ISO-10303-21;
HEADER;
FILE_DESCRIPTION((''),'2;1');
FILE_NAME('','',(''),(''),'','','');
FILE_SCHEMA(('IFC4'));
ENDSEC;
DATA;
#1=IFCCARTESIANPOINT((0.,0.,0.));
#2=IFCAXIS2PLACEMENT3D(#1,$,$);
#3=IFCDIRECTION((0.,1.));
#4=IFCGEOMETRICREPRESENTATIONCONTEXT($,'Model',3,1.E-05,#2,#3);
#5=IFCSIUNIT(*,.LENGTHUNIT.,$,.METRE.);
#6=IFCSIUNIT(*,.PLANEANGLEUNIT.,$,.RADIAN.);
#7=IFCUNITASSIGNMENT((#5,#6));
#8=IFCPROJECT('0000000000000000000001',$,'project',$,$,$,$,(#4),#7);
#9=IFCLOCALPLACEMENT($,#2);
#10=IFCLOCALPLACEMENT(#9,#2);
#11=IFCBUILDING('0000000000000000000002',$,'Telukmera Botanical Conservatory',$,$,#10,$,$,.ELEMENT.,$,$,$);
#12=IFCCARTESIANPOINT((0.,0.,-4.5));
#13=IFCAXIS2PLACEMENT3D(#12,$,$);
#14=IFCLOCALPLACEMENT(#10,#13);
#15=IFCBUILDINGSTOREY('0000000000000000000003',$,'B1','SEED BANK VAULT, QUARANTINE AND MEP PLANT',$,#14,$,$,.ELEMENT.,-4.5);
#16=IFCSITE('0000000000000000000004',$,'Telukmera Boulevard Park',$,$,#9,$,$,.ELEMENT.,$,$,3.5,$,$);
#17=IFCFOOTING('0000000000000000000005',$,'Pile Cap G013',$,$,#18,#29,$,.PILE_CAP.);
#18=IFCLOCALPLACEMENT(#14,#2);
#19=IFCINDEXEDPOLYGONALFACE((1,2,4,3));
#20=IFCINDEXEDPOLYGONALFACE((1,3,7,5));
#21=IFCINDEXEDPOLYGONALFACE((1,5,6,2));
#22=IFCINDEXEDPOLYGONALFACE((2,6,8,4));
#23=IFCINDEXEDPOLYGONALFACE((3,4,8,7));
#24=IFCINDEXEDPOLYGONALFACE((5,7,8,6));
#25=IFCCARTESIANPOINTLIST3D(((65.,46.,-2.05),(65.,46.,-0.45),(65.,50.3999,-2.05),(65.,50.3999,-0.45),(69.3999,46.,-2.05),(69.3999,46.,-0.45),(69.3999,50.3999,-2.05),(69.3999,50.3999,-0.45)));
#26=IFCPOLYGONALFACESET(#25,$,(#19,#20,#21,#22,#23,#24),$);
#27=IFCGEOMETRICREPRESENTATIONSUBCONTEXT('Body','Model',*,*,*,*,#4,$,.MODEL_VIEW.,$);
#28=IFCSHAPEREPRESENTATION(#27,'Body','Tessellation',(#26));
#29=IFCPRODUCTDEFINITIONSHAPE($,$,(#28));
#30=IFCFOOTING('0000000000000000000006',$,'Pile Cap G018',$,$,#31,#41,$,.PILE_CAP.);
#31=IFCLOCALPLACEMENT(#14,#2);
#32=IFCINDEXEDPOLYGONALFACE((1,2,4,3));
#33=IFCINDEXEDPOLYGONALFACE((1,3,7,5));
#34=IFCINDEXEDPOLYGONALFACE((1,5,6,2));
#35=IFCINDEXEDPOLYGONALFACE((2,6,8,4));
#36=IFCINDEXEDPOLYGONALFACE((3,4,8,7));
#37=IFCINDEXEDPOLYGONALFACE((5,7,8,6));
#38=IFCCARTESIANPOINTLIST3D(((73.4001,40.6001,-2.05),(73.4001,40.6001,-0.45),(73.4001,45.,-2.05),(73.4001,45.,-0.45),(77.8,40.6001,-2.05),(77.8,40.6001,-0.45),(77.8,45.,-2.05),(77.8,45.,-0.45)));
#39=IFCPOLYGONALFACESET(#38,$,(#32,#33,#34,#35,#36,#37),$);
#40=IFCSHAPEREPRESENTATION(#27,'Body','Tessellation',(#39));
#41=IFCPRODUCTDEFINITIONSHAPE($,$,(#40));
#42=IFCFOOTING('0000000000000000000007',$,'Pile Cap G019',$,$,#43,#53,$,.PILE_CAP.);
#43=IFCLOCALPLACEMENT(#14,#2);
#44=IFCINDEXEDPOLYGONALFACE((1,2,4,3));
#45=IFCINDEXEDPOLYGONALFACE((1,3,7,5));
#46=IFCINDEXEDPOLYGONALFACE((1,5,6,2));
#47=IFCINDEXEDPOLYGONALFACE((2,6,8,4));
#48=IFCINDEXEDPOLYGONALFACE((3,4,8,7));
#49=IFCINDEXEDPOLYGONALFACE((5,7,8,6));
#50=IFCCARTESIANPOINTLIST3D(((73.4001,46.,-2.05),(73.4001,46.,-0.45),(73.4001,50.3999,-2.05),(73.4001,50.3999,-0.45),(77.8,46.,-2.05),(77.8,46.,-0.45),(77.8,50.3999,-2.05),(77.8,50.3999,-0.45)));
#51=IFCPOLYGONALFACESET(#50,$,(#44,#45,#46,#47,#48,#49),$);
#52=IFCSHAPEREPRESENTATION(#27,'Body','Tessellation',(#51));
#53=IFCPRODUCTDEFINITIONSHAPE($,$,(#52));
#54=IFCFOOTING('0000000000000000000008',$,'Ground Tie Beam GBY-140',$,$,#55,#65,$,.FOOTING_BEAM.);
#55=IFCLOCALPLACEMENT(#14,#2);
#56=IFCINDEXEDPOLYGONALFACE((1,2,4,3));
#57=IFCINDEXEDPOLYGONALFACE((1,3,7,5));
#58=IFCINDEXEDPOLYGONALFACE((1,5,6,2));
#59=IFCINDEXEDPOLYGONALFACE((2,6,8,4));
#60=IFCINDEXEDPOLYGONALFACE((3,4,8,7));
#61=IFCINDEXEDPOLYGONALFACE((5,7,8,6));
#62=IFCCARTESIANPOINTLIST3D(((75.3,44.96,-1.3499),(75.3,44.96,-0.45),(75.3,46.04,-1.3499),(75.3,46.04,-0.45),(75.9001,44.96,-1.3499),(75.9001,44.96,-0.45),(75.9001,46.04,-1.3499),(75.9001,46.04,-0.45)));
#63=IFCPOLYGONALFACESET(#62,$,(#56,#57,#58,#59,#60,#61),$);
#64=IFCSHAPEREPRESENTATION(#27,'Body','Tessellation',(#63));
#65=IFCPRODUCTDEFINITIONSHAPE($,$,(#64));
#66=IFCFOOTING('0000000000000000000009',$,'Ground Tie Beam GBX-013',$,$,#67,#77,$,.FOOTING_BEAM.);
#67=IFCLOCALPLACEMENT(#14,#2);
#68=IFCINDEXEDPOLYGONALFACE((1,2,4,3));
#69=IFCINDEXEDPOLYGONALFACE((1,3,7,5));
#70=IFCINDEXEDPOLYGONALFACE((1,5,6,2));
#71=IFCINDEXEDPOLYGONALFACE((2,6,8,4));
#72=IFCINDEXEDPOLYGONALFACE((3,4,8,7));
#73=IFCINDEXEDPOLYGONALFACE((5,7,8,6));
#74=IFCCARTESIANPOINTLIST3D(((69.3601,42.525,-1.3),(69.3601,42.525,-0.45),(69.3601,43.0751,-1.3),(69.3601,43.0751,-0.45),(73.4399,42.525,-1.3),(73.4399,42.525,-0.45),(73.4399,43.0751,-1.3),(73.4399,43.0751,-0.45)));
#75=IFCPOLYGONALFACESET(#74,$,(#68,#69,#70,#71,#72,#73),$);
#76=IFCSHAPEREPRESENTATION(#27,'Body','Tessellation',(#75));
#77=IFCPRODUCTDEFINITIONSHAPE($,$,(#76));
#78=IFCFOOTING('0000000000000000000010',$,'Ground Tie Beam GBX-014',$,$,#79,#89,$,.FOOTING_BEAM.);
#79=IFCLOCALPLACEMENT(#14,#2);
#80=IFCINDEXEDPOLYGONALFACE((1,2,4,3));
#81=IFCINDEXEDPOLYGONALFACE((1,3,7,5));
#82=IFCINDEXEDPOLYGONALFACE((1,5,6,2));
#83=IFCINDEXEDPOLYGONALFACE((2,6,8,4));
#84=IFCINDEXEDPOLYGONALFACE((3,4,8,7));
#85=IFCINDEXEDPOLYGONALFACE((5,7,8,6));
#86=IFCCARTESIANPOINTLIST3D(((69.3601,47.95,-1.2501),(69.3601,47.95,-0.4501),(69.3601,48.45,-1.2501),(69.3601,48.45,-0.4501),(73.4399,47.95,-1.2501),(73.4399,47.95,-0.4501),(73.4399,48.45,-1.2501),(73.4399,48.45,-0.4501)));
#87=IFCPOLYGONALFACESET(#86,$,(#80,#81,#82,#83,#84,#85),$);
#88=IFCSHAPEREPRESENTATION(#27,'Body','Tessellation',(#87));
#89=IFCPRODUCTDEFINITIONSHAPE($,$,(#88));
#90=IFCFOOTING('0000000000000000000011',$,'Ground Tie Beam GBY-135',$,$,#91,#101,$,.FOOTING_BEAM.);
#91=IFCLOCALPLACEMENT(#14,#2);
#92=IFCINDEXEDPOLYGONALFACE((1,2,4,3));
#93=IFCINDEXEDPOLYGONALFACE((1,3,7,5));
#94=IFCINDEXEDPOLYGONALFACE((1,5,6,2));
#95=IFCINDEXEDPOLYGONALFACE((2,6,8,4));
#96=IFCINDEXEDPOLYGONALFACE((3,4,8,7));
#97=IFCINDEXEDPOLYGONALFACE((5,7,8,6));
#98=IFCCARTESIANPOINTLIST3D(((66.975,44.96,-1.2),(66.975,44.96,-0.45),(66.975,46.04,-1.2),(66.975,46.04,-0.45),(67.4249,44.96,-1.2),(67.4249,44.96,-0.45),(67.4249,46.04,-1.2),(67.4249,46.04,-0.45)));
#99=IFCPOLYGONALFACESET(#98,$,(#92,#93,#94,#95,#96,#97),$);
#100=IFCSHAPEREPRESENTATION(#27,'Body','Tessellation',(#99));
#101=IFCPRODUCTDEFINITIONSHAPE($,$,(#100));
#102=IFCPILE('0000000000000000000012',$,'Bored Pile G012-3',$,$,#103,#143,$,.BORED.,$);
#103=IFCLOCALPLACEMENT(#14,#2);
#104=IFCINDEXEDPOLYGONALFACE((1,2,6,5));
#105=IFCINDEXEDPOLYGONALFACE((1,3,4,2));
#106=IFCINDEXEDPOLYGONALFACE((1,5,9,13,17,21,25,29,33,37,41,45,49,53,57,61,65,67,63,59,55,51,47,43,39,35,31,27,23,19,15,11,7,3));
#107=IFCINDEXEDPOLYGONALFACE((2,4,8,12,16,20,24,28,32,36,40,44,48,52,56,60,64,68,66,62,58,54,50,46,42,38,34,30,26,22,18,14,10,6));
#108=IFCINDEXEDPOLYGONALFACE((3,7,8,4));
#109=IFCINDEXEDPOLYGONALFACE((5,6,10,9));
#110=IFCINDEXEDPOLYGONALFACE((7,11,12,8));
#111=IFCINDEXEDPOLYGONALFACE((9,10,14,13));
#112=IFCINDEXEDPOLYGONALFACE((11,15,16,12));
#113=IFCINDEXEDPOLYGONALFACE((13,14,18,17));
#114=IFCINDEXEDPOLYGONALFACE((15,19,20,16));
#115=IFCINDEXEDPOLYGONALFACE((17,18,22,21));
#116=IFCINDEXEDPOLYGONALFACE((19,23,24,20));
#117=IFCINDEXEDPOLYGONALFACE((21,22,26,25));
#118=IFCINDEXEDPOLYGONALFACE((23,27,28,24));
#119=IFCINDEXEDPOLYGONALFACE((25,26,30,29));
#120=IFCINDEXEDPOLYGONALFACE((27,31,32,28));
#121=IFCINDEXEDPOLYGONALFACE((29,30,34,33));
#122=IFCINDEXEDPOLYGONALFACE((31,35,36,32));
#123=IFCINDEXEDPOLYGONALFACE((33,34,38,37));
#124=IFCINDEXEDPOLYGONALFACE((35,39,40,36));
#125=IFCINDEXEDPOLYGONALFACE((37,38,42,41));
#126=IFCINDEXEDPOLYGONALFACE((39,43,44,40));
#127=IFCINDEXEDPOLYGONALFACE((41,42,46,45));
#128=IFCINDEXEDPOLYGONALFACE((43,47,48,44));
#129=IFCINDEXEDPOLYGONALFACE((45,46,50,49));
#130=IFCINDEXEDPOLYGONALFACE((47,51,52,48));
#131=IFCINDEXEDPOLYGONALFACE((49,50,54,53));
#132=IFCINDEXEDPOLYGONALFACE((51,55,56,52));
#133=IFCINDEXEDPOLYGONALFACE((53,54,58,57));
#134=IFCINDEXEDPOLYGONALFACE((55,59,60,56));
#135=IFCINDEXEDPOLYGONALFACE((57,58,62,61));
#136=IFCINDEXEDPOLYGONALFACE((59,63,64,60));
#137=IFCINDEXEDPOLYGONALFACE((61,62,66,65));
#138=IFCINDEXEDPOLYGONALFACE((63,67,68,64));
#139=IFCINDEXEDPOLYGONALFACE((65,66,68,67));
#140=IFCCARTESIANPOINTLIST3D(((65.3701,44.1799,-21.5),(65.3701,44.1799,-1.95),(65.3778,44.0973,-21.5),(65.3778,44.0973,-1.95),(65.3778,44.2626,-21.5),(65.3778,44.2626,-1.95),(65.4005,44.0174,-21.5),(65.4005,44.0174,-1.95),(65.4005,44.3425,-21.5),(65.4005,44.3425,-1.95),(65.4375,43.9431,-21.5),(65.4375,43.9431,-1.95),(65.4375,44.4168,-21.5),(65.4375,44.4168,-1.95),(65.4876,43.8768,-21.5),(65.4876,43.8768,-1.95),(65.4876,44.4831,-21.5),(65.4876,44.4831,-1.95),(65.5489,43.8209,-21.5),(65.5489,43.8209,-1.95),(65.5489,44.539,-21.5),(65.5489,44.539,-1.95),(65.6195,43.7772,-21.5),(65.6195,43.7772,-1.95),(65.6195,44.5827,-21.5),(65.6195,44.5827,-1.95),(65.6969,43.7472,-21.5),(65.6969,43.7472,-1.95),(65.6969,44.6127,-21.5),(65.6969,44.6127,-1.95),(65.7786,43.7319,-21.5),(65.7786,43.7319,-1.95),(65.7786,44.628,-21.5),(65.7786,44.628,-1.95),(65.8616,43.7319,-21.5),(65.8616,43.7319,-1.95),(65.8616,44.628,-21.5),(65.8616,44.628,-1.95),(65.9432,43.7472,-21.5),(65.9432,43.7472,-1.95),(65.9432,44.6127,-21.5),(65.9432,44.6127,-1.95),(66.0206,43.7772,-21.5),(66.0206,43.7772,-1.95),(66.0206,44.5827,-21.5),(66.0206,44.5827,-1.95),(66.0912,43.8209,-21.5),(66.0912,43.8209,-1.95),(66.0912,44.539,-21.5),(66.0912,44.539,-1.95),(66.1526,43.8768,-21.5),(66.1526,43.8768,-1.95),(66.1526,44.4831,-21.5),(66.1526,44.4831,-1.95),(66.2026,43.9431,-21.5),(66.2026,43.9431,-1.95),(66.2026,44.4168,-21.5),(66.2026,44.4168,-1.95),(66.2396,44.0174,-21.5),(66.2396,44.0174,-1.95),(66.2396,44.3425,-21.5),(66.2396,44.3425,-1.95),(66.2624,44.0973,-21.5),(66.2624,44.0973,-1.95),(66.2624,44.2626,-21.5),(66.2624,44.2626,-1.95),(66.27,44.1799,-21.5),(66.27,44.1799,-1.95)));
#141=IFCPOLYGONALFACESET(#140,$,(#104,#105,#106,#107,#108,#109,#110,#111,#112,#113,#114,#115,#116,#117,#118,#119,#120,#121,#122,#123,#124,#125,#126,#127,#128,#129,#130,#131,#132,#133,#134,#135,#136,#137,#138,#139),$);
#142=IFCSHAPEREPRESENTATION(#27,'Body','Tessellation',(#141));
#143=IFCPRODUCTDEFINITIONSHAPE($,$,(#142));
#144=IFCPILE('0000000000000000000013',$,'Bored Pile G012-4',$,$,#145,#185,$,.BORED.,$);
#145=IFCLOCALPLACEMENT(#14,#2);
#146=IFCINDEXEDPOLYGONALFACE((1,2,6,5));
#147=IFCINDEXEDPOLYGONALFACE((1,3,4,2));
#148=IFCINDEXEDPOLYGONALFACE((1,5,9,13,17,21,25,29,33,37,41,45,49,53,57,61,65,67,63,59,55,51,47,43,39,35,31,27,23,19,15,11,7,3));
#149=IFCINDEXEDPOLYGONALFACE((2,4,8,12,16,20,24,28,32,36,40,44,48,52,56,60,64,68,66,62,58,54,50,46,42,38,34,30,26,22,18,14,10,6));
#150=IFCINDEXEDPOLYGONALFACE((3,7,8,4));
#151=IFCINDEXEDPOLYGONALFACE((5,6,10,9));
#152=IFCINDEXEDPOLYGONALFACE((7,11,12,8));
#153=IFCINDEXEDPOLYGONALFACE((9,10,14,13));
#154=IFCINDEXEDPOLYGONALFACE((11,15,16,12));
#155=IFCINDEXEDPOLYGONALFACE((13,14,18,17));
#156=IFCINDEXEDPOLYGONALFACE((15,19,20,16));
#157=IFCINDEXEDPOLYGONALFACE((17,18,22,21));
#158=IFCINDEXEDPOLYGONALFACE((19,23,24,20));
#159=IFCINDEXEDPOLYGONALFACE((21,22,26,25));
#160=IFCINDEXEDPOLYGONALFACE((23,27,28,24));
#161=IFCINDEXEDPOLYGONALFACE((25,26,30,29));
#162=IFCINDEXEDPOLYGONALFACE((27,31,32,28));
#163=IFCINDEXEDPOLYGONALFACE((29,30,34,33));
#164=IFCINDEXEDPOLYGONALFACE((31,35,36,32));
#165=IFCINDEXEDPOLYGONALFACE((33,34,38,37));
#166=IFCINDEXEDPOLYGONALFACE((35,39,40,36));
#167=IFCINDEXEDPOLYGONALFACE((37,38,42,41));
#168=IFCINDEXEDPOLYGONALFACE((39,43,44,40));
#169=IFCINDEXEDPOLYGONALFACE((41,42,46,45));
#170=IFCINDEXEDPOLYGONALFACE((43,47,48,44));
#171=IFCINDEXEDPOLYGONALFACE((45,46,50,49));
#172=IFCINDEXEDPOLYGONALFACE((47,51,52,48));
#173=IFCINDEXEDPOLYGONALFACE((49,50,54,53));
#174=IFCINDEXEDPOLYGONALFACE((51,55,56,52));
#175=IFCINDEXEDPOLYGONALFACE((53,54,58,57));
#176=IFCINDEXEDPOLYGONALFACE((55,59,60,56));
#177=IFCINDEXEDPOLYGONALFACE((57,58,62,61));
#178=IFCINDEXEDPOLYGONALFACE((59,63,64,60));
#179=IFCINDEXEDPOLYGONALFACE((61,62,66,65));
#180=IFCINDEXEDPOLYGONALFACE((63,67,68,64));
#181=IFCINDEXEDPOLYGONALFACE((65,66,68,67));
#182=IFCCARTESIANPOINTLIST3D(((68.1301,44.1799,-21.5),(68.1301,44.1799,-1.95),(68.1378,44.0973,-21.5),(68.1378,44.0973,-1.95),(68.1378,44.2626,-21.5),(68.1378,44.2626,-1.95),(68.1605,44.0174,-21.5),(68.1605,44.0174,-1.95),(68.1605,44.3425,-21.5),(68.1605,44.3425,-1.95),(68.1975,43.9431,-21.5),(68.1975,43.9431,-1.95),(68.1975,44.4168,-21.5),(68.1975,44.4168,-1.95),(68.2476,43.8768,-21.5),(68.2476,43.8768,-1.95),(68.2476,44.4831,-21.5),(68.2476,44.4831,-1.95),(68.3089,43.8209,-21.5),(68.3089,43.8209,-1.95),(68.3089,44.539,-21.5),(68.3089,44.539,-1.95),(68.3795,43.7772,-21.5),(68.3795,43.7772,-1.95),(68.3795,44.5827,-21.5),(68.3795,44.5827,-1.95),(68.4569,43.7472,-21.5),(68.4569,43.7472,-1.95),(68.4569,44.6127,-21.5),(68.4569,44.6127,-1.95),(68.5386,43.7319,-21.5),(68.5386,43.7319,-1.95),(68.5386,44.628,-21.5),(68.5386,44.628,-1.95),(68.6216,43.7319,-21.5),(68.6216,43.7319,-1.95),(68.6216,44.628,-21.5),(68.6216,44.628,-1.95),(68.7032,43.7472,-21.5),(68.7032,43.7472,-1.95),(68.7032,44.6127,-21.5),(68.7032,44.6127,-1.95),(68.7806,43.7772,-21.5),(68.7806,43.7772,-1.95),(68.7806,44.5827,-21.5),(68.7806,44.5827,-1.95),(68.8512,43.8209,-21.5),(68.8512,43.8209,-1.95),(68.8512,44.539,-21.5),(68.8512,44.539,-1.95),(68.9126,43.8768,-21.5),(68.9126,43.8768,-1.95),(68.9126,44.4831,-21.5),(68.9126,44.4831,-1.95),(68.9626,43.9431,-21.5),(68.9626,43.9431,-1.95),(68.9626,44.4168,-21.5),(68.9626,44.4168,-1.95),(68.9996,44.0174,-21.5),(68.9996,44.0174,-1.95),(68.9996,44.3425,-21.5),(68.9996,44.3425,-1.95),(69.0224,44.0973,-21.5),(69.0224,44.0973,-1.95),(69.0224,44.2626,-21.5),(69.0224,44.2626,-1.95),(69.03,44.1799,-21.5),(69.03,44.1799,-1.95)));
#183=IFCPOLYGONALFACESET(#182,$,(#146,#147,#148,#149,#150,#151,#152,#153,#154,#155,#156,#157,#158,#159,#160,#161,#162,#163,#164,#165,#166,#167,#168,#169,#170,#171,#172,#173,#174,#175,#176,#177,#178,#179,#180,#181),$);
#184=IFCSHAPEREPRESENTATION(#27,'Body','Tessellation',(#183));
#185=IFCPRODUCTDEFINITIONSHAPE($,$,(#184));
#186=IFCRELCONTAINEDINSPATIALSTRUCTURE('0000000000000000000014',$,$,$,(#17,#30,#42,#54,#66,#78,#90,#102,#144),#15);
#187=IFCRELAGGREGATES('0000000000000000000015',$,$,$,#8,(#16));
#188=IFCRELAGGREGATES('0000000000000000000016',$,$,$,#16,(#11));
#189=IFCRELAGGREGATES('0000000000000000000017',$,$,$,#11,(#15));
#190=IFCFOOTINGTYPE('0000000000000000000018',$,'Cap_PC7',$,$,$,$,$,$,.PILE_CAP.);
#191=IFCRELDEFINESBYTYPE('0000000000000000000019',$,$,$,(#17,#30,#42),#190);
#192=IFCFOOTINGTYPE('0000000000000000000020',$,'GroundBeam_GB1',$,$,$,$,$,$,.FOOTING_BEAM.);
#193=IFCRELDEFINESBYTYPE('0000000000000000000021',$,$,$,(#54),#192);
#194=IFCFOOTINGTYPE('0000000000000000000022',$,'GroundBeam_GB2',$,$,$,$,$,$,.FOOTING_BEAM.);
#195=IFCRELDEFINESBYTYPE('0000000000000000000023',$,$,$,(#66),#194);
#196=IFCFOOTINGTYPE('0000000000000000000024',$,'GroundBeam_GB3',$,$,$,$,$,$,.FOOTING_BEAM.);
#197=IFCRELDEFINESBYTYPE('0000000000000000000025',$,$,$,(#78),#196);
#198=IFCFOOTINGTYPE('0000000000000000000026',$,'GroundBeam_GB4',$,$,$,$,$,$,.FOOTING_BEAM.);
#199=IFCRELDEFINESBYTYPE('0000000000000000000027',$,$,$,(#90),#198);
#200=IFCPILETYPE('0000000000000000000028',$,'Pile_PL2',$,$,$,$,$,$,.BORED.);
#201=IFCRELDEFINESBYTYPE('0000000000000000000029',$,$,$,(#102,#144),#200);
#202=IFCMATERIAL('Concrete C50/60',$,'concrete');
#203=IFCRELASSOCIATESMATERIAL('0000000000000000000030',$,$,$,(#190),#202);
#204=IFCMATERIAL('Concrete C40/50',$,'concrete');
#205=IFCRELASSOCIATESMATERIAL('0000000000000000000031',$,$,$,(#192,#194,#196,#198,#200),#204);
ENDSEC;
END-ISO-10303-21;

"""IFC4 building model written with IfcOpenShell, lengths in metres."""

from ifc_helpers import new_model, si_unit, direction, frame, origin, origin_2d, place, context, subcontext, project, spatial, rectangle, circle, extrude, material, material_profile, profile_set, type_object, element, save


model = new_model("IFC4")

# Units and contexts
model_context = context("Model", 3, precision=1e-05, world=origin(), true_north=direction((0.0, 1.0)))
body_context = subcontext(model_context, "Body", "Model", "MODEL_VIEW")
ifc_project = project(units=[si_unit("LENGTHUNIT", "METRE"), si_unit("PLANEANGLEUNIT", "RADIAN")], contexts=[model_context])

# Site, building, storey
site_placement = place(None, origin())
site = spatial("IfcSite", under=ifc_project, at=site_placement, Name="Telukmera Boulevard Park", CompositionType="ELEMENT", RefElevation=3.5)
building_placement = place(site_placement, origin())
building = spatial("IfcBuilding", under=site, at=building_placement, Name="Telukmera Botanical Conservatory", CompositionType="ELEMENT")
storey_placement = place(building_placement, frame((0.0, 0.0, -4.5)))
storey = spatial("IfcBuildingStorey", under=building, at=storey_placement, Name="B1", Description="SEED BANK VAULT, QUARANTINE AND MEP PLANT", CompositionType="ELEMENT", Elevation=-4.5)

# Footings
ifc_material_1 = material(Name="Concrete C50/60", Category="concrete")
footing_type_1 = type_object("IfcFootingType", Name="Cap_PC7", PredefinedType="PILE_CAP", material=ifc_material_1)
for number, where, z_axis, x_axis, name in (
    (1, (67.2, 48.2, -2.05), (0.0, 0.0, 1.0), (1.0, 0.0, 0.0), "Pile Cap G013"),
    (2, (75.6001, 42.8, -2.05), (0.0, 0.0, 1.0), (1.0, 0.0, 0.0), "Pile Cap G018"),
    (3, (75.6001, 48.2, -2.05), (0.0, 0.0, 1.0), (1.0, 0.0, 0.0), "Pile Cap G019"),
):
    element("IfcFooting", number, at=place(storey_placement, frame(where, z_axis=z_axis, x_axis=x_axis)), inside=storey, type_object=footing_type_1, Name=name, PredefinedType="PILE_CAP", context=body_context, shape_type="SweptSolid", body=[
        extrude(rectangle(XDim=4.3999, YDim=4.3999, at=origin_2d()), origin(), (0.0, 0.0, 1.0), 1.6001),
    ])
ifc_material_2 = material(Name="Concrete C40/50", Category="concrete")
ifc_material_profile_1 = material_profile(ifc_material_2, rectangle(XDim=0.6001, YDim=0.8999, at=origin_2d()), Name="RC 600x900")
ifc_profile_set_1 = profile_set([ifc_material_profile_1], Name="Concrete C40/50")
footing_type_2 = type_object("IfcFootingType", Name="GroundBeam_GB1", PredefinedType="FOOTING_BEAM", material=ifc_profile_set_1)
footing_1_placement = place(storey_placement, frame((75.6001, 44.96, -0.8999), z_axis=(0.0, 1.0, 0.0), x_axis=(-1.0, 0.0, 0.0)))
element("IfcFooting", 4, at=footing_1_placement, inside=storey, type_object=footing_type_2, Name="Ground Tie Beam GBY-140", PredefinedType="FOOTING_BEAM", context=body_context, shape_type="SweptSolid", body=[
    extrude(rectangle(XDim=0.6001, YDim=0.8999, at=origin_2d()), origin(), (0.0, 0.0, 1.0), 1.0801),
])
ifc_material_profile_2 = material_profile(ifc_material_2, rectangle(XDim=0.55, YDim=0.8501, at=origin_2d()), Name="RC 550x850")
ifc_profile_set_2 = profile_set([ifc_material_profile_2], Name="Concrete C40/50")
footing_type_3 = type_object("IfcFootingType", Name="GroundBeam_GB2", PredefinedType="FOOTING_BEAM", material=ifc_profile_set_2)
footing_2_placement = place(storey_placement, frame((69.3601, 42.8, -0.875), z_axis=(1.0, 0.0, 0.0), x_axis=(0.0, 1.0, 0.0)))
element("IfcFooting", 5, at=footing_2_placement, inside=storey, type_object=footing_type_3, Name="Ground Tie Beam GBX-013", PredefinedType="FOOTING_BEAM", context=body_context, shape_type="SweptSolid", body=[
    extrude(rectangle(XDim=0.55, YDim=0.8501, at=origin_2d()), origin(), (0.0, 0.0, 1.0), 4.0798),
])
ifc_material_profile_3 = material_profile(ifc_material_2, rectangle(XDim=0.5, YDim=0.8, at=origin_2d()), Name="RC 500x800")
ifc_profile_set_3 = profile_set([ifc_material_profile_3], Name="Concrete C40/50")
footing_type_4 = type_object("IfcFootingType", Name="GroundBeam_GB3", PredefinedType="FOOTING_BEAM", material=ifc_profile_set_3)
footing_3_placement = place(storey_placement, frame((69.3601, 48.2, -0.8501), z_axis=(1.0, 0.0, 0.0), x_axis=(0.0, 1.0, 0.0)))
element("IfcFooting", 6, at=footing_3_placement, inside=storey, type_object=footing_type_4, Name="Ground Tie Beam GBX-014", PredefinedType="FOOTING_BEAM", context=body_context, shape_type="SweptSolid", body=[
    extrude(rectangle(XDim=0.5, YDim=0.8, at=origin_2d()), origin(), (0.0, 0.0, 1.0), 4.0798),
])
ifc_material_profile_4 = material_profile(ifc_material_2, rectangle(XDim=0.45, YDim=0.75, at=origin_2d()), Name="RC 450x750")
ifc_profile_set_4 = profile_set([ifc_material_profile_4], Name="Concrete C40/50")
footing_type_5 = type_object("IfcFootingType", Name="GroundBeam_GB4", PredefinedType="FOOTING_BEAM", material=ifc_profile_set_4)
footing_4_placement = place(storey_placement, frame((67.2, 44.96, -0.825), z_axis=(0.0, 1.0, 0.0), x_axis=(-1.0, 0.0, 0.0)))
element("IfcFooting", 7, at=footing_4_placement, inside=storey, type_object=footing_type_5, Name="Ground Tie Beam GBY-135", PredefinedType="FOOTING_BEAM", context=body_context, shape_type="SweptSolid", body=[
    extrude(rectangle(XDim=0.45, YDim=0.75, at=origin_2d()), origin(), (0.0, 0.0, 1.0), 1.0801),
])

# Piles
ifc_material_profile_5 = material_profile(ifc_material_2, circle(Radius=0.45, at=origin_2d()), Name="PILE D900")
ifc_profile_set_5 = profile_set([ifc_material_profile_5], Name="Concrete C40/50")
pile_type = type_object("IfcPileType", Name="Pile_PL2", PredefinedType="BORED", material=ifc_profile_set_5)
for number, where, z_axis, x_axis, name in (
    (8, (65.8201, 44.1799, -1.95), (0.0, 0.0, -1.0), (1.0, 0.0, 0.0), "Bored Pile G012-3"),
    (9, (68.5801, 44.1799, -1.95), (0.0, 0.0, -1.0), (1.0, 0.0, 0.0), "Bored Pile G012-4"),
):
    element("IfcPile", number, at=place(storey_placement, frame(where, z_axis=z_axis, x_axis=x_axis)), inside=storey, type_object=pile_type, Name=name, PredefinedType="BORED", context=body_context, shape_type="SweptSolid", body=[
        extrude(circle(Radius=0.45, at=origin_2d()), origin(), (0.0, 0.0, 1.0), 19.55),
    ])

save(model, "model.ifc")
